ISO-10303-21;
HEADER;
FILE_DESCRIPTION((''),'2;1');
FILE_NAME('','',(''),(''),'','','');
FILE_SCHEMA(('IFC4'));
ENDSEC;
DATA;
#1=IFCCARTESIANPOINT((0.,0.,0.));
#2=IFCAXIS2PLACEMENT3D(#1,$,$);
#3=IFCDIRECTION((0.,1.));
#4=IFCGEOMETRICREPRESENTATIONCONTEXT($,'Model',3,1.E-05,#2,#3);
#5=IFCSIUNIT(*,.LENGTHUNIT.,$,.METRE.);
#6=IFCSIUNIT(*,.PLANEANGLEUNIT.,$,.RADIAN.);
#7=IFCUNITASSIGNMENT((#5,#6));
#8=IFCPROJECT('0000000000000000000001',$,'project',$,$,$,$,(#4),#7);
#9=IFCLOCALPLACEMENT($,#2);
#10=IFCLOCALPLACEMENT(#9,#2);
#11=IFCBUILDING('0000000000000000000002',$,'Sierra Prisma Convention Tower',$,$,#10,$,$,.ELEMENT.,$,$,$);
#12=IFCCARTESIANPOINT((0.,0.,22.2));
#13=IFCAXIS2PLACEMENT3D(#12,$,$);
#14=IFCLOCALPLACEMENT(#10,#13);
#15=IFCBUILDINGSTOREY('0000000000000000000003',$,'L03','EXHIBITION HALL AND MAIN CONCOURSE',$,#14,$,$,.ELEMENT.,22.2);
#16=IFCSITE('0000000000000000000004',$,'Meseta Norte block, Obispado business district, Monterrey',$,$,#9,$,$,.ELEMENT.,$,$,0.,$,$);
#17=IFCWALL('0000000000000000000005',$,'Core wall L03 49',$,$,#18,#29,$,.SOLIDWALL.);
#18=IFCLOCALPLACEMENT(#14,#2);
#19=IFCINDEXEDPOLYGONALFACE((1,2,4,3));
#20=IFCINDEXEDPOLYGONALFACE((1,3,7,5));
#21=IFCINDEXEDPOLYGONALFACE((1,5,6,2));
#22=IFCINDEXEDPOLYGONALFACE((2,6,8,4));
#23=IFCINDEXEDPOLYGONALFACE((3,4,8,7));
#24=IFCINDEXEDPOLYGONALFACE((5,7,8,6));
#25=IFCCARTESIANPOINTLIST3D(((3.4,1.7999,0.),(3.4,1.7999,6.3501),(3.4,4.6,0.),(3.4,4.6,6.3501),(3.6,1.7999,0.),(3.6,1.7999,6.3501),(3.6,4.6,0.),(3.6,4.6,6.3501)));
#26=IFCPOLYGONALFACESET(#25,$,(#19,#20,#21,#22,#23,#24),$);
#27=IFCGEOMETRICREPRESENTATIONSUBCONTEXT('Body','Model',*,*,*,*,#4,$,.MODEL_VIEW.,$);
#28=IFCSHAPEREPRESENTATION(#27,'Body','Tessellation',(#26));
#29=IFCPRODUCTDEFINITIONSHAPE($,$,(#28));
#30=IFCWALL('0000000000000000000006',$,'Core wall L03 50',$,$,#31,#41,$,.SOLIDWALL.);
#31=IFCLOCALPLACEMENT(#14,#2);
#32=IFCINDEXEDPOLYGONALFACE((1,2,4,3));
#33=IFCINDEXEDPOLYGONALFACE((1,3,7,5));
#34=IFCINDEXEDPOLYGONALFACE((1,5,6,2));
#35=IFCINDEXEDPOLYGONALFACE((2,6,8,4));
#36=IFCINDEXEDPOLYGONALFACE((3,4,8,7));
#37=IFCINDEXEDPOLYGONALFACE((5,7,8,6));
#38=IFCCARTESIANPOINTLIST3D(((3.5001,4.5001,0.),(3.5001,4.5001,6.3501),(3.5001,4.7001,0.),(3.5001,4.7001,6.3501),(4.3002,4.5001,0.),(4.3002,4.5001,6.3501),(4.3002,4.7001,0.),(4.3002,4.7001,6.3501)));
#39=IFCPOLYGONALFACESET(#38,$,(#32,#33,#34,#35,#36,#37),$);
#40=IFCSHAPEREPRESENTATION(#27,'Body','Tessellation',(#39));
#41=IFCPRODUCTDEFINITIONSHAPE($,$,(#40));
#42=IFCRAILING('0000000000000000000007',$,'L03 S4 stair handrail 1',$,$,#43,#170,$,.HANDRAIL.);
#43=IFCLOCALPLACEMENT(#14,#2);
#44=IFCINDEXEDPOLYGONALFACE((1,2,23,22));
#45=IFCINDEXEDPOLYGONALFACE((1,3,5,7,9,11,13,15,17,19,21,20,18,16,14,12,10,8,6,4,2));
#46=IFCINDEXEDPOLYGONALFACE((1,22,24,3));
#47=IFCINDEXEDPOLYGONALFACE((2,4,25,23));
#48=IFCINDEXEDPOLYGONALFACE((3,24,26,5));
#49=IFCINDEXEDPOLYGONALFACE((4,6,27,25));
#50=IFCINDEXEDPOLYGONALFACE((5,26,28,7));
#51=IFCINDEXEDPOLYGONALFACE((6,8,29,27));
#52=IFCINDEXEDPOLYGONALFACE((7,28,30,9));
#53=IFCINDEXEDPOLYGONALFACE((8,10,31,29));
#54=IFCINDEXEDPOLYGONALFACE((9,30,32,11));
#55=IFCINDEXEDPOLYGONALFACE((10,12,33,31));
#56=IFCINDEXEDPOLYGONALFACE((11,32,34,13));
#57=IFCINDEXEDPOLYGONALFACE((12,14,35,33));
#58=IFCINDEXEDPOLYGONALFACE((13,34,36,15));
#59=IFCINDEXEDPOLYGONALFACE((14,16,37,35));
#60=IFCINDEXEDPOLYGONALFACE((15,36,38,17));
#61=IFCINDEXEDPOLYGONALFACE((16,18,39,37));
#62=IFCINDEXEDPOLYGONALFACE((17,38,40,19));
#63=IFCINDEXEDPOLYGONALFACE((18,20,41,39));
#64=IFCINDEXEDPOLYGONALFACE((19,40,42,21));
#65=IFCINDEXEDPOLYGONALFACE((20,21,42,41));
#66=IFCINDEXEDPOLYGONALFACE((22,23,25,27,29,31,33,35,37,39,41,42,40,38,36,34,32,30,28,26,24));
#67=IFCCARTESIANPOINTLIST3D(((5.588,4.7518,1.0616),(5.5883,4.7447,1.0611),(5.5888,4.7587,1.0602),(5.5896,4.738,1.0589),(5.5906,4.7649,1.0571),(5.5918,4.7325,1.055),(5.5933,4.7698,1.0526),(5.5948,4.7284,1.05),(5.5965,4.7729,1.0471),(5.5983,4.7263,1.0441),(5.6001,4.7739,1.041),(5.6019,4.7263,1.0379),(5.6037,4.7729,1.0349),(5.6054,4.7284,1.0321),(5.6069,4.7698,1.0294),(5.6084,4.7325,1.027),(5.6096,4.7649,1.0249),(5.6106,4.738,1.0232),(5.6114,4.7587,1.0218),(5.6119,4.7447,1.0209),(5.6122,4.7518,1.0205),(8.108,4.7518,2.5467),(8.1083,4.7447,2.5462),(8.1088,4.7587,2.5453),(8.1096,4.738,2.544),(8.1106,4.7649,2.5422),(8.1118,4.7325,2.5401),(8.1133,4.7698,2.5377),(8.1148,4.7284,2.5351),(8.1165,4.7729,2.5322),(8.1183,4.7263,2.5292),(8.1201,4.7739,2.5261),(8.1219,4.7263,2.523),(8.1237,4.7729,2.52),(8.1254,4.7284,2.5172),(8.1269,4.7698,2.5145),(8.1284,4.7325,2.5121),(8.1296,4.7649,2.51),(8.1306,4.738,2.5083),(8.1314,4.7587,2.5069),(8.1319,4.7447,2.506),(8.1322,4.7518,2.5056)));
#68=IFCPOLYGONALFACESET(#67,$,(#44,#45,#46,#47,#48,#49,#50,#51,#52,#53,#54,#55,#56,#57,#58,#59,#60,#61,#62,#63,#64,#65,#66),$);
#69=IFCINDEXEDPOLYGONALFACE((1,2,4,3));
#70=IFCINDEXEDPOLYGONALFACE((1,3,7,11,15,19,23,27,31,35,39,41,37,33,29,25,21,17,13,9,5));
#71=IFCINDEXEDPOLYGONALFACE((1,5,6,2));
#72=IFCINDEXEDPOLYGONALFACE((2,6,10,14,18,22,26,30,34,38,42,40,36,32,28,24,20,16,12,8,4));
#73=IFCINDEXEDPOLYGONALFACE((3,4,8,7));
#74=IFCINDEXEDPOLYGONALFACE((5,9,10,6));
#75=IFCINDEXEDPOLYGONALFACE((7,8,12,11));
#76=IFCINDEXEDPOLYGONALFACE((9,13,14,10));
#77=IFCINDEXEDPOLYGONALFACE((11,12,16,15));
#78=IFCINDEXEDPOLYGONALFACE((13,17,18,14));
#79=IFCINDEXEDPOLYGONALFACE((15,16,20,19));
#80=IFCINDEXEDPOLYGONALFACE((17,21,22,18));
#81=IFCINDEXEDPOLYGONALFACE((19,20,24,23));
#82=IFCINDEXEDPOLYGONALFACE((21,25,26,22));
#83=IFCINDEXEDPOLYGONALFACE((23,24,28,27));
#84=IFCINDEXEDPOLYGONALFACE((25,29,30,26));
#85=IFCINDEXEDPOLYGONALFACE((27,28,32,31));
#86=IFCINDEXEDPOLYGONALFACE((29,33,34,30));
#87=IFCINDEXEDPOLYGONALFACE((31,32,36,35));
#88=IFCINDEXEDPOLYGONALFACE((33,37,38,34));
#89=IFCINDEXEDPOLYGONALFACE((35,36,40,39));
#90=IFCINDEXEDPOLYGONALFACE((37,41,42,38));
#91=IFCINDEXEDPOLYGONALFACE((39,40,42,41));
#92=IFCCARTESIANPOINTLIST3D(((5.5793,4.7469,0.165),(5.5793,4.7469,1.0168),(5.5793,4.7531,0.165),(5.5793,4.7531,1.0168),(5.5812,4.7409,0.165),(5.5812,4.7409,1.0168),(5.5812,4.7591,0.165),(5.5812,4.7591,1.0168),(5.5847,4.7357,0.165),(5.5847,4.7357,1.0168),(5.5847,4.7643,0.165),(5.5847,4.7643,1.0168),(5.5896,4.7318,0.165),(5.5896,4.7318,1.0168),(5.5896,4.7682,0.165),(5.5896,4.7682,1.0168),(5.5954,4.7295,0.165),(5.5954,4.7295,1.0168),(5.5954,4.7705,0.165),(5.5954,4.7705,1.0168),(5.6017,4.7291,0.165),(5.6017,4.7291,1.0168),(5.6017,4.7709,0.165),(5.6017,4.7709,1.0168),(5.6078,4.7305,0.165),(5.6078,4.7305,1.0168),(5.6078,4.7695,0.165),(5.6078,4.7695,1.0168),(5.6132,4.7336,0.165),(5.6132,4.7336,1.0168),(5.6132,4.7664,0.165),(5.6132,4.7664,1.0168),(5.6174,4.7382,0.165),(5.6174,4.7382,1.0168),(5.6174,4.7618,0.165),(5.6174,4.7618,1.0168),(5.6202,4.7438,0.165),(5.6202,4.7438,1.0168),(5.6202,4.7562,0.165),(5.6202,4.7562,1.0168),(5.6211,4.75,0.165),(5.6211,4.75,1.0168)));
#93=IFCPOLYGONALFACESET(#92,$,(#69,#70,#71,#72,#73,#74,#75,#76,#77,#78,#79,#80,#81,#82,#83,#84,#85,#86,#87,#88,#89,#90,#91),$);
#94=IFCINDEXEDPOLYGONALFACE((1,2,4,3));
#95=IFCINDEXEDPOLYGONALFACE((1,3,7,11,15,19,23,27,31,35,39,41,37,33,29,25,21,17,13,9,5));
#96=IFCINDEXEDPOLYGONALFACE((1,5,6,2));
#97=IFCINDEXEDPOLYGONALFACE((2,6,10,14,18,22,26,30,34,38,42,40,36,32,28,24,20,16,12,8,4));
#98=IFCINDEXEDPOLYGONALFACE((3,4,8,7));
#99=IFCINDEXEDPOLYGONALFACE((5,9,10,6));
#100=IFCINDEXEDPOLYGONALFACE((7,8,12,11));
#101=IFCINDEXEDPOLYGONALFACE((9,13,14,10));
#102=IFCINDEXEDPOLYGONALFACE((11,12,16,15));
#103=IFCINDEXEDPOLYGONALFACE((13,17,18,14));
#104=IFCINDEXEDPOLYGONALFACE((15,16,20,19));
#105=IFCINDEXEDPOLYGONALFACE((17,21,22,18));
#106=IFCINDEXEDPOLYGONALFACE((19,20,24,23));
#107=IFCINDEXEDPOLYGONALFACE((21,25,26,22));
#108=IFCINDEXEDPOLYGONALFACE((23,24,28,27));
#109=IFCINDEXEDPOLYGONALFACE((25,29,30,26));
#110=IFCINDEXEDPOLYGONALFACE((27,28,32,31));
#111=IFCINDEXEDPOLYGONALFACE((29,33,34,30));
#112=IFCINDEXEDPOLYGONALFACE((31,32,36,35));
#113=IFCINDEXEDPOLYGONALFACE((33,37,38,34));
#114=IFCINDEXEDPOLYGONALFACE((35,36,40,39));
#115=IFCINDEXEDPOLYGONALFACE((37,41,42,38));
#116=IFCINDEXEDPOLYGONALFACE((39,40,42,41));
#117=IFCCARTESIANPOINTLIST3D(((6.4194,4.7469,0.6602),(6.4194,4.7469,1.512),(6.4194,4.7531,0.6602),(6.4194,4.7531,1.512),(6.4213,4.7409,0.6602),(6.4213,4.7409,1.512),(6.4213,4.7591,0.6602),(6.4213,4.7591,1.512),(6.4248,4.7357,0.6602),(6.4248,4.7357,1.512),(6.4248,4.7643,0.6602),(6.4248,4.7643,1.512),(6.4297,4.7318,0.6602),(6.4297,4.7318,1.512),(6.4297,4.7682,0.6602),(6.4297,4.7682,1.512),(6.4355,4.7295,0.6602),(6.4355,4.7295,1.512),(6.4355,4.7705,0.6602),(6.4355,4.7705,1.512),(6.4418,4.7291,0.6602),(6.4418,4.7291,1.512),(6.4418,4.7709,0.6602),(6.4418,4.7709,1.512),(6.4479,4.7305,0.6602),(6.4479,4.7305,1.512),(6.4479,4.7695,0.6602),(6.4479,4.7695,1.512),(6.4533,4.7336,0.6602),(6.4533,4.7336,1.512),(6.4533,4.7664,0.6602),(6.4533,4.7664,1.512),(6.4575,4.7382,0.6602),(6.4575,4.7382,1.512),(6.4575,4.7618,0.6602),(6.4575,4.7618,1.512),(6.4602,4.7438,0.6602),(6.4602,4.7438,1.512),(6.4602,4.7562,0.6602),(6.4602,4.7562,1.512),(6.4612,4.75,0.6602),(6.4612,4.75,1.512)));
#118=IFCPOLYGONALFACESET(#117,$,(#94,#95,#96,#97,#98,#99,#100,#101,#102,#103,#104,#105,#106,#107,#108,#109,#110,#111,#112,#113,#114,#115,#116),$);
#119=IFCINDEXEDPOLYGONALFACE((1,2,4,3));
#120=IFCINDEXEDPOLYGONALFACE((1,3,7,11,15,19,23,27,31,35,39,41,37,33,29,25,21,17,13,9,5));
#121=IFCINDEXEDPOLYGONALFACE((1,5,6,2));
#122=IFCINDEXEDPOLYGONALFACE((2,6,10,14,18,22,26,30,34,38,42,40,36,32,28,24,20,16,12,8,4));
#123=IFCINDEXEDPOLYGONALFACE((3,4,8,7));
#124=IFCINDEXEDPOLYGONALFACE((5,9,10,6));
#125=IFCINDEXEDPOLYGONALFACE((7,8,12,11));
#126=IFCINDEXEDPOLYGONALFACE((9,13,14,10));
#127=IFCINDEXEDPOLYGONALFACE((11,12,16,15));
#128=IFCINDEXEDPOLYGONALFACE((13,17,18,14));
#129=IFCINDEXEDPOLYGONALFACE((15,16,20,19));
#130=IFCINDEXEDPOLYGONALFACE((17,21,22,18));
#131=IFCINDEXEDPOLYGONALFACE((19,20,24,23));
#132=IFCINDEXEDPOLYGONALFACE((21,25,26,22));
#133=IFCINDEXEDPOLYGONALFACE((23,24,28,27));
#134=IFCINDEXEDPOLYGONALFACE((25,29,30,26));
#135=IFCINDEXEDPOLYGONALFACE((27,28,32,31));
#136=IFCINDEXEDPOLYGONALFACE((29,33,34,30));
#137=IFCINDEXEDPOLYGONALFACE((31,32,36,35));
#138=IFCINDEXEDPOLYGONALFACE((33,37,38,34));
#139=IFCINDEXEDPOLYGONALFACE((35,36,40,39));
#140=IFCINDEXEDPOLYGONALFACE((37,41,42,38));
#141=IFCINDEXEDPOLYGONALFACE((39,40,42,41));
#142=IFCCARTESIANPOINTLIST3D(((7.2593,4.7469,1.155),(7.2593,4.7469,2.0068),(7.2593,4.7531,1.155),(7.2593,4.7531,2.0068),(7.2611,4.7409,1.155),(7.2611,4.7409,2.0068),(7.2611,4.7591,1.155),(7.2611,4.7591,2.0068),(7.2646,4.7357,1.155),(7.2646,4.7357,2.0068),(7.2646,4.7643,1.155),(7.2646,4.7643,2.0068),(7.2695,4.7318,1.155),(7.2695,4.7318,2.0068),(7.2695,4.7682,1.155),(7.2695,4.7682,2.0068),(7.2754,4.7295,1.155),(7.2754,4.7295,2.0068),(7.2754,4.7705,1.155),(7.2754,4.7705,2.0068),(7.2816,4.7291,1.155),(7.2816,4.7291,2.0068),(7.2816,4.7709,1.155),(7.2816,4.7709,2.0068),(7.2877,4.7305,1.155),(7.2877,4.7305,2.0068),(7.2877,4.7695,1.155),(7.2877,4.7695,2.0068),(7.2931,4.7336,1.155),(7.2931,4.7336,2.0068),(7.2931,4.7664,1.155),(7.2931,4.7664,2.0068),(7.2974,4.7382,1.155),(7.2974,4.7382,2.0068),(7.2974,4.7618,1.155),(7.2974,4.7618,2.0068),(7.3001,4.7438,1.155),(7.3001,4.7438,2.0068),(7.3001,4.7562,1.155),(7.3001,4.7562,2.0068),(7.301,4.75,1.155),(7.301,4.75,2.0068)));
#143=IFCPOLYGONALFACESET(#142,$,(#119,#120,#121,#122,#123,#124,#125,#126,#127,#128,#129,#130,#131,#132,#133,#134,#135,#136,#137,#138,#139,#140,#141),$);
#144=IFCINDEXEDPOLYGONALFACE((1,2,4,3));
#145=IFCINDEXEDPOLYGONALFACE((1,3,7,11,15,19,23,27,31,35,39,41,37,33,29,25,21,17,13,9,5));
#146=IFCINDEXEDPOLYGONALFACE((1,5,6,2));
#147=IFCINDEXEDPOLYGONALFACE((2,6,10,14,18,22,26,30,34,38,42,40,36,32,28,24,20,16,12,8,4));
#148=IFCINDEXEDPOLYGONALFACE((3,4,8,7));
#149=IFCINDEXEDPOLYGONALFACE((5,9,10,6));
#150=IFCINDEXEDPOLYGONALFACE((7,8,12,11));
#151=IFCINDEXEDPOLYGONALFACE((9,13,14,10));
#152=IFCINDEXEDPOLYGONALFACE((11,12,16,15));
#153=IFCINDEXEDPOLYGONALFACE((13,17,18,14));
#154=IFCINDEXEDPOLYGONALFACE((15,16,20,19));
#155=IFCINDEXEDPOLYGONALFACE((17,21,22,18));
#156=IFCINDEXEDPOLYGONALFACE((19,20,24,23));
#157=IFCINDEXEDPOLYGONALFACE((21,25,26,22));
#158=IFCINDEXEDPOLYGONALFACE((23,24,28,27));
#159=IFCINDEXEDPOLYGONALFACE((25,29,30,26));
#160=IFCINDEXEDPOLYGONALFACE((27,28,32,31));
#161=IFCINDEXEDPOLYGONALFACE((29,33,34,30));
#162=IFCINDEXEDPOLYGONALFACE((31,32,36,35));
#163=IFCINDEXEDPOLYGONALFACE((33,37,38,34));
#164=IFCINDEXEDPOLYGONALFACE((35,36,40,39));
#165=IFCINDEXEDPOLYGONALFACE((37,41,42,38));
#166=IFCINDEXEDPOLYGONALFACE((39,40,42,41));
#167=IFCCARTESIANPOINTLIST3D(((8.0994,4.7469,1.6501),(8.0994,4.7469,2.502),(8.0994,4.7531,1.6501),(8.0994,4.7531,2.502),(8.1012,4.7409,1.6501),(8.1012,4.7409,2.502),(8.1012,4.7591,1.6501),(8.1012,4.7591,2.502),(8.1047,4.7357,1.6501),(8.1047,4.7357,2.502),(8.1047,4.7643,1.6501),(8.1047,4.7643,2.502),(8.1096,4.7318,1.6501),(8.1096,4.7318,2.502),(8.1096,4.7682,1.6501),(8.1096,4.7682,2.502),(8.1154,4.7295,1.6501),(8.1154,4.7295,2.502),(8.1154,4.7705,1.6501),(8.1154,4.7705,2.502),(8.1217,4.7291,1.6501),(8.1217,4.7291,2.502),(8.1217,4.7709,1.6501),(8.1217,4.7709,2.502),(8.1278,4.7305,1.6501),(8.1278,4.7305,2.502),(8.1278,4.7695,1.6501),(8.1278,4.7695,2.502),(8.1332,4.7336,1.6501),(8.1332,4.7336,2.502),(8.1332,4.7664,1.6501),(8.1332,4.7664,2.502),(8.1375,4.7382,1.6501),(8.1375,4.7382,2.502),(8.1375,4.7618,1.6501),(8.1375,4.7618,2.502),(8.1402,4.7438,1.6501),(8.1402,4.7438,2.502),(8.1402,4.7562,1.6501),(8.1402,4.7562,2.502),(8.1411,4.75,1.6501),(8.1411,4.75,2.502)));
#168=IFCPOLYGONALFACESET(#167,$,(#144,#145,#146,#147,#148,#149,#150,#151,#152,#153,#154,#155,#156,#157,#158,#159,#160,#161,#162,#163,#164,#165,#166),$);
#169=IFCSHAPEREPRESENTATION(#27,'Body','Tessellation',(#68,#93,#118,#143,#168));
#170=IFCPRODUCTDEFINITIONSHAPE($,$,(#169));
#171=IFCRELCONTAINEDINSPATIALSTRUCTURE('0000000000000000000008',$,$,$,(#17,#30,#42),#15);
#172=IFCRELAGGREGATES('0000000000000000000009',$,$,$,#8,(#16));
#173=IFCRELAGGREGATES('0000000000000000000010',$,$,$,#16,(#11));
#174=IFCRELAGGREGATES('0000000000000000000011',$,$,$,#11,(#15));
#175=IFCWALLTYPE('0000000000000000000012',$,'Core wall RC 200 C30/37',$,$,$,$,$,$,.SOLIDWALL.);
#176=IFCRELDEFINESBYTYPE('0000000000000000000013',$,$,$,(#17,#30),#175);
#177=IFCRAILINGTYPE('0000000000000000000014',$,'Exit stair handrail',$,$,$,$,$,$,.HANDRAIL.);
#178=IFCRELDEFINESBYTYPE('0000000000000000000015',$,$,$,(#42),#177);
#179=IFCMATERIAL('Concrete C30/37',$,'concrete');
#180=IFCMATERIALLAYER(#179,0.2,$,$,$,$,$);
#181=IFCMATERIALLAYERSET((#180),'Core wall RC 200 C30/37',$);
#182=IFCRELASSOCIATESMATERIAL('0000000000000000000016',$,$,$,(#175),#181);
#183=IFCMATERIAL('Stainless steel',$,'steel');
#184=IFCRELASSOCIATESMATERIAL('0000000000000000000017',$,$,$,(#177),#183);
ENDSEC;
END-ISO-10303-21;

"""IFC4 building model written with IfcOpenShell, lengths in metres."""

from ifc_helpers import new_model, si_unit, direction, frame, frame_2d, origin, origin_2d, place, context, subcontext, project, spatial, rectangle, circle, extrude, material, layer, layer_set, type_object, element, save


model = new_model("IFC4")

# Units and contexts
model_context = context("Model", 3, precision=1e-05, world=origin(), true_north=direction((0.0, 1.0)))
body_context = subcontext(model_context, "Body", "Model", "MODEL_VIEW")
ifc_project = project(units=[si_unit("LENGTHUNIT", "METRE"), si_unit("PLANEANGLEUNIT", "RADIAN")], contexts=[model_context])

# Site, building, storey
site_placement = place(None, origin())
site = spatial("IfcSite", under=ifc_project, at=site_placement, Name="Meseta Norte block, Obispado business district, Monterrey", CompositionType="ELEMENT", RefElevation=0.0)
building_placement = place(site_placement, origin())
building = spatial("IfcBuilding", under=site, at=building_placement, Name="Sierra Prisma Convention Tower", CompositionType="ELEMENT")
storey_placement = place(building_placement, frame((0.0, 0.0, 22.2)))
storey = spatial("IfcBuildingStorey", under=building, at=storey_placement, Name="L03", Description="EXHIBITION HALL AND MAIN CONCOURSE", CompositionType="ELEMENT", Elevation=22.2)

# Shared definitions
ifc_material_1 = material(Name="Concrete C30/37", Category="concrete")
ifc_layer_1 = layer(ifc_material_1, 0.2)
ifc_layer_set_1 = layer_set([ifc_layer_1], Name="Core wall RC 200 C30/37")
wall_type = type_object("IfcWallType", Name="Core wall RC 200 C30/37", PredefinedType="SOLIDWALL", material=ifc_layer_set_1)

# Walls
wall_1_placement = place(storey_placement, frame((3.5, 1.8, 0.0), z_axis=(0.0, 0.0, 1.0), x_axis=(0.0, 1.0, 0.0)))
element("IfcWall", 1, at=wall_1_placement, inside=storey, type_object=wall_type, Name="Core wall L03 49", PredefinedType="SOLIDWALL", context=body_context, shape_type="SweptSolid", body=[
    extrude(rectangle(XDim=2.8, YDim=0.2, at=frame_2d((1.3999, 0.0))), origin(), (0.0, 0.0, 1.0), 6.3501),
])
wall_2_placement = place(storey_placement, frame((4.3, 4.6001, 0.0), z_axis=(0.0, 0.0, 1.0), x_axis=(-1.0, 0.0, 0.0)))
element("IfcWall", 2, at=wall_2_placement, inside=storey, type_object=wall_type, Name="Core wall L03 50", PredefinedType="SOLIDWALL", context=body_context, shape_type="SweptSolid", body=[
    extrude(rectangle(XDim=0.8, YDim=0.2, at=frame_2d((0.3999, 0.0))), origin(), (0.0, 0.0, 1.0), 6.3501),
])

# Railing
ifc_material_2 = material(Name="Stainless steel", Category="steel")
railing_type_1 = type_object("IfcRailingType", Name="Exit stair handrail", PredefinedType="HANDRAIL", material=ifc_material_2)
railing_placement = place(storey_placement, frame((5.6001, 4.75, 0.165)))
element("IfcRailing", 3, at=railing_placement, inside=storey, type_object=railing_type_1, Name="L03 S4 stair handrail 1", PredefinedType="HANDRAIL", context=body_context, shape_type="SweptSolid", body=[
    extrude(circle(Radius=0.0239, at=origin_2d()), frame((0.0, 0.0, 0.876), z_axis=(0.861524, 0.0, 0.507717), x_axis=(0.0, 1.0, 0.0)), (0.0, 0.0, 1.0), 2.925),
    extrude(circle(Radius=0.021, at=origin_2d()), origin(), (0.0, 0.0, 1.0), 0.8518),
    extrude(circle(Radius=0.021, at=origin_2d()), frame((0.8401, 0.0, 0.4951)), (0.0, 0.0, 1.0), 0.8518),
    extrude(circle(Radius=0.021, at=origin_2d()), frame((1.6799, 0.0, 0.99)), (0.0, 0.0, 1.0), 0.8518),
    extrude(circle(Radius=0.021, at=origin_2d()), frame((2.52, 0.0, 1.4851)), (0.0, 0.0, 1.0), 0.8518),
])

save(model, "model.ifc")
